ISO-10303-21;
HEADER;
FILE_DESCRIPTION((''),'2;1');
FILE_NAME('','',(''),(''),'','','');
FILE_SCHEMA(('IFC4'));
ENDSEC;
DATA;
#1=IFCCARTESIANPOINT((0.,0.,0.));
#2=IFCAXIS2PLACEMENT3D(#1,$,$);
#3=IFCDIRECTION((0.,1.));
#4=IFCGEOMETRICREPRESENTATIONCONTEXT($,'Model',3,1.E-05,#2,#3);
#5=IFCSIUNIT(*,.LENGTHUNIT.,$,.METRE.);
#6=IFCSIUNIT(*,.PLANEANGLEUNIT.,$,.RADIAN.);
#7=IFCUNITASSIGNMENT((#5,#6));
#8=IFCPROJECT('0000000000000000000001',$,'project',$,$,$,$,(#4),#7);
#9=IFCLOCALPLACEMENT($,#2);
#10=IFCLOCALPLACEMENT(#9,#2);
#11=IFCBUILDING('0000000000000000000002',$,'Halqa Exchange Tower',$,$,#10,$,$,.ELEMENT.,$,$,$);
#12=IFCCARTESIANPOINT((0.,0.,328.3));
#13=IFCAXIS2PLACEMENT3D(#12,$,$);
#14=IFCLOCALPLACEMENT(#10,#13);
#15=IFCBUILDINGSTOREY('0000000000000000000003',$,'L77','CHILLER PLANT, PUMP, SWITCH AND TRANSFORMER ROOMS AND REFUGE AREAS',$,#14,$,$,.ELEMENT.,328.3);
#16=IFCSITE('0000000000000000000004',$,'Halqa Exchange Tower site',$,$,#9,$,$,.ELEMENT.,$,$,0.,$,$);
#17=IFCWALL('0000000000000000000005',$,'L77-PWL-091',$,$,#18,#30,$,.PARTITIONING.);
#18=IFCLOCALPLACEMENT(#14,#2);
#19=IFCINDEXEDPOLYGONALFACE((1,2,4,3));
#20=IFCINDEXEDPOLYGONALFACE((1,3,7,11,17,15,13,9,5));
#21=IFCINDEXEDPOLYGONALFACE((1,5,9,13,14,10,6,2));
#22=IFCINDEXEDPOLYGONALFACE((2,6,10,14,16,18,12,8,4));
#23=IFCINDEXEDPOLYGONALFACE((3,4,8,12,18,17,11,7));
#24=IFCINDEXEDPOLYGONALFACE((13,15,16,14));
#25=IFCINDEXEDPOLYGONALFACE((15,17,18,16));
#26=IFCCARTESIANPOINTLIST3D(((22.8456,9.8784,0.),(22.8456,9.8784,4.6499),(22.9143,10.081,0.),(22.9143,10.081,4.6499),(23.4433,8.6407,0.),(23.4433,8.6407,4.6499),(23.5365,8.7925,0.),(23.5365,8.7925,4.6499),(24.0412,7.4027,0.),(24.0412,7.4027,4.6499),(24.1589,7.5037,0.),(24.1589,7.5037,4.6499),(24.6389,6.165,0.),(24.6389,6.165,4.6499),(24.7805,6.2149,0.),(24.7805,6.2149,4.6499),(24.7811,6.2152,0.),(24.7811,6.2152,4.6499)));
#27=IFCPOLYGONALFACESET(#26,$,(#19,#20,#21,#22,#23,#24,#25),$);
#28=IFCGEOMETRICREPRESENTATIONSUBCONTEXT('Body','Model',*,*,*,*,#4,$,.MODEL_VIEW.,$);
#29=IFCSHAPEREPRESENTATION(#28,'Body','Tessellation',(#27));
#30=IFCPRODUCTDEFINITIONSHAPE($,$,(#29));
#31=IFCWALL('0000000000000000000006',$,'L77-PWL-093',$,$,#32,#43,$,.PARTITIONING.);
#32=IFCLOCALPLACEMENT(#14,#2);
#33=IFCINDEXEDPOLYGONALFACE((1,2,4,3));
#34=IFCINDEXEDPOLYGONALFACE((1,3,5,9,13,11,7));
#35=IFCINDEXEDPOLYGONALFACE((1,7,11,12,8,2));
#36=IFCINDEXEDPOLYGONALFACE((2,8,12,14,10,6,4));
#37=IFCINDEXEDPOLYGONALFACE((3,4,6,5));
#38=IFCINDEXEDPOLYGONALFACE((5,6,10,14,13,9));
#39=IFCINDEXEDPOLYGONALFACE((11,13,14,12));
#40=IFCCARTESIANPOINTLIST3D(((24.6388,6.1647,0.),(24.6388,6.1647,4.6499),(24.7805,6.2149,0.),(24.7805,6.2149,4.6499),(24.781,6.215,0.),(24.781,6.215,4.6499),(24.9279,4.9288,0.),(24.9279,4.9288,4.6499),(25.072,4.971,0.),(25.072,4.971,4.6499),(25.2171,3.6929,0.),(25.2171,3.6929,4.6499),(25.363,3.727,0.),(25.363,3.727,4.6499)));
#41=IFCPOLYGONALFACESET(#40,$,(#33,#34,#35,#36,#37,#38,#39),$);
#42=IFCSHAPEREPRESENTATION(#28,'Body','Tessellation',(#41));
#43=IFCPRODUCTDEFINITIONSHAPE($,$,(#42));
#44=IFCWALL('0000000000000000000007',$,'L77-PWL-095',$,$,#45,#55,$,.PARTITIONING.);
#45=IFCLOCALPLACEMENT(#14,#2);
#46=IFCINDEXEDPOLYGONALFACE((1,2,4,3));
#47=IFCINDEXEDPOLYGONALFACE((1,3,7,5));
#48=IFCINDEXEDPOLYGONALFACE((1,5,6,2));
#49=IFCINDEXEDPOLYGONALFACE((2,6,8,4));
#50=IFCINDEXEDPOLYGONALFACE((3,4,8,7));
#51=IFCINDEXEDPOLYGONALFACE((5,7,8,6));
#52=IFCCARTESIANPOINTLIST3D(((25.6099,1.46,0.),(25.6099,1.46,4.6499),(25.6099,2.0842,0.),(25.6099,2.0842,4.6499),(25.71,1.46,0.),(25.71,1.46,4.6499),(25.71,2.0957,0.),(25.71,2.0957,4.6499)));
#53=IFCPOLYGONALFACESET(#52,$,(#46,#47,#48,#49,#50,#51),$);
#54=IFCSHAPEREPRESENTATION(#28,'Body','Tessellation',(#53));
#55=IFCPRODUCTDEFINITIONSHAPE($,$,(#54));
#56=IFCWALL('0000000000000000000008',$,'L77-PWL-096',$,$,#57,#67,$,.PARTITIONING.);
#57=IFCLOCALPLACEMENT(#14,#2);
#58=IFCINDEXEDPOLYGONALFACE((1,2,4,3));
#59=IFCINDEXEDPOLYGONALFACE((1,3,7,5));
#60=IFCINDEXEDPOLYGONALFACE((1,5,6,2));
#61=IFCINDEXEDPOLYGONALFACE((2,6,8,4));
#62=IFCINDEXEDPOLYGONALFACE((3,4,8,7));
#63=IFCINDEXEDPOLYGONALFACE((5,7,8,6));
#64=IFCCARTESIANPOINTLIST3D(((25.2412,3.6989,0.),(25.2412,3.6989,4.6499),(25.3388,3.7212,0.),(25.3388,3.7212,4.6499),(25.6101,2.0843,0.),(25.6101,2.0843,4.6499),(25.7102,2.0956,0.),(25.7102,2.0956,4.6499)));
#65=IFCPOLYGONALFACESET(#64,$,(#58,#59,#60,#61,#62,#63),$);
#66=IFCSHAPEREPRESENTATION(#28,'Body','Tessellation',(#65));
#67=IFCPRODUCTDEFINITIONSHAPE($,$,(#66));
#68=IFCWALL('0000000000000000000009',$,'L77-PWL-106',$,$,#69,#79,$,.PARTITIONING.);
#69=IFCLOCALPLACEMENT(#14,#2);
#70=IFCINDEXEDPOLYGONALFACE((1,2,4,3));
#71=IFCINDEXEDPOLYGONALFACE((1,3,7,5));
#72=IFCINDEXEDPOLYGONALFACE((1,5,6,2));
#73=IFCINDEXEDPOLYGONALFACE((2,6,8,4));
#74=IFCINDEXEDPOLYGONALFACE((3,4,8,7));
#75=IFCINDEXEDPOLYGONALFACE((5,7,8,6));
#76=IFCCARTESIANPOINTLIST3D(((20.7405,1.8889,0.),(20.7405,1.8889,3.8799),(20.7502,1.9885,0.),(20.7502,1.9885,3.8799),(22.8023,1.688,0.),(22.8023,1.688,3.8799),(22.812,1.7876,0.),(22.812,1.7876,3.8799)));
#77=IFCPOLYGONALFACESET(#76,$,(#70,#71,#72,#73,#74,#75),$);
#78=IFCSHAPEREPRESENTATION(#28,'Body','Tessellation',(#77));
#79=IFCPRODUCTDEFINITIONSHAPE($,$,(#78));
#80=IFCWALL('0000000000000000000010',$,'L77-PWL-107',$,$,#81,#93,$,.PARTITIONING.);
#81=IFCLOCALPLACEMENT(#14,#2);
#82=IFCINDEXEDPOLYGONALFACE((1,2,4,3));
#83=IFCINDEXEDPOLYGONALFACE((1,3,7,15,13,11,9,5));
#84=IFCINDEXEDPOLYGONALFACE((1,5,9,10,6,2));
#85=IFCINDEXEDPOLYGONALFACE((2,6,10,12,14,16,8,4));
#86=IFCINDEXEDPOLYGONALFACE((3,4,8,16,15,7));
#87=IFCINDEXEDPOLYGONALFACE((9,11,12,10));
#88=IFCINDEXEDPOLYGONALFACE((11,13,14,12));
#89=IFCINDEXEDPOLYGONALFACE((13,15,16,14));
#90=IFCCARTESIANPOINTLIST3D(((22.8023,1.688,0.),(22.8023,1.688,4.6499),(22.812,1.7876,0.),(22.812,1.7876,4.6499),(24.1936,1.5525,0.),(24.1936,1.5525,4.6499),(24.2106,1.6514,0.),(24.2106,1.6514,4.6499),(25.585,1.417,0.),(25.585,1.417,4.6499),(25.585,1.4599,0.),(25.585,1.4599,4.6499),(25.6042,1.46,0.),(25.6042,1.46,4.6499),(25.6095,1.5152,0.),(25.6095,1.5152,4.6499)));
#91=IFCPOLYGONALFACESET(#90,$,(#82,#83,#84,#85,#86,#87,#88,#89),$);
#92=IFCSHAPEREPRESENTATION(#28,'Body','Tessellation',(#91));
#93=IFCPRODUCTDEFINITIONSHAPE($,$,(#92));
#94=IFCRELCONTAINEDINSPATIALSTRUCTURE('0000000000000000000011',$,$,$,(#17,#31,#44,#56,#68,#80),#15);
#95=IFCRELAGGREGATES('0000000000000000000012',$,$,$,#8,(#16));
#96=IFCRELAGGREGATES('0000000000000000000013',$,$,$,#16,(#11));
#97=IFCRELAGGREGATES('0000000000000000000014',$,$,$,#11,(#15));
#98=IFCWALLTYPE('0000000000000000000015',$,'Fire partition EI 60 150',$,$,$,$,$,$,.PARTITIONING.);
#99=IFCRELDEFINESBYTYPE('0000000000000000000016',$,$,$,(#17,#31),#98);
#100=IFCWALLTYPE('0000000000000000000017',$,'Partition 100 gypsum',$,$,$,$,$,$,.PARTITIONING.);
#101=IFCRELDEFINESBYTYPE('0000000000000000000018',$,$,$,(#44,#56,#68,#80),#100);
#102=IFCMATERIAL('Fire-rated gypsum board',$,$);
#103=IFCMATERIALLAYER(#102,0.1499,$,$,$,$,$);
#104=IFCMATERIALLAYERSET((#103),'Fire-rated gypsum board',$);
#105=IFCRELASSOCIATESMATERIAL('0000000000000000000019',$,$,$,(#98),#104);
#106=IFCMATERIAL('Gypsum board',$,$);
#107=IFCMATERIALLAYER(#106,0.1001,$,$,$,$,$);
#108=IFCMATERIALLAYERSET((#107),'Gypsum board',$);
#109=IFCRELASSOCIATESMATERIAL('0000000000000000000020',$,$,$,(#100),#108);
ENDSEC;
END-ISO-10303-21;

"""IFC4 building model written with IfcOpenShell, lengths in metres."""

from ifc_helpers import new_model, si_unit, direction, frame, origin, place, context, subcontext, project, spatial, polyline, outline, extrude, material, layer, layer_set, type_object, element, save


model = new_model("IFC4")

# Units and contexts
model_context = context("Model", 3, precision=1e-05, world=origin(), true_north=direction((0.0, 1.0)))
body_context = subcontext(model_context, "Body", "Model", "MODEL_VIEW")
ifc_project = project(units=[si_unit("LENGTHUNIT", "METRE"), si_unit("PLANEANGLEUNIT", "RADIAN")], contexts=[model_context])

# Site, building, storey
site_placement = place(None, origin())
site = spatial("IfcSite", under=ifc_project, at=site_placement, Name="Halqa Exchange Tower site", CompositionType="ELEMENT", RefElevation=0.0)
building_placement = place(site_placement, origin())
building = spatial("IfcBuilding", under=site, at=building_placement, Name="Halqa Exchange Tower", CompositionType="ELEMENT")
storey_placement = place(building_placement, frame((0.0, 0.0, 328.3)))
storey = spatial("IfcBuildingStorey", under=building, at=storey_placement, Name="L77", Description="CHILLER PLANT, PUMP, SWITCH AND TRANSFORMER ROOMS AND REFUGE AREAS", CompositionType="ELEMENT", Elevation=328.3)

# Shared definitions
ifc_material_1 = material(Name="Fire-rated gypsum board")
ifc_layer_1 = layer(ifc_material_1, 0.1499)
ifc_layer_set_1 = layer_set([ifc_layer_1], Name="Fire-rated gypsum board")
wall_type_1 = type_object("IfcWallType", Name="Fire partition EI 60 150", PredefinedType="PARTITIONING", material=ifc_layer_set_1)

# Walls
wall_1_placement = place(storey_placement, frame((24.7136, 6.1826, 0.0), z_axis=(0.0, 0.0, 1.0), x_axis=(-0.434865, 0.900496, 0.0)))
element("IfcWall", 1, at=wall_1_placement, inside=storey, type_object=wall_type_1, Name="L77-PWL-091", PredefinedType="PARTITIONING", context=body_context, shape_type="SweptSolid", body=[
    extrude(outline(polyline([(0.0, -0.075), (1.4309, -0.075), (2.8621, -0.075), (4.293, -0.075), (4.1404, 0.075), (2.7659, 0.075), (1.3911, 0.075), (0.0166, 0.075), (0.0, -0.0742), (0.0, -0.075)])), origin(), (0.0, 0.0, 1.0), 4.6499),
])
wall_2_placement = place(storey_placement, frame((25.29, 3.71, 0.0), z_axis=(0.0, 0.0, 1.0), x_axis=(-0.227782, 0.973712, 0.0)))
element("IfcWall", 2, at=wall_2_placement, inside=storey, type_object=wall_type_1, Name="L77-PWL-093", PredefinedType="PARTITIONING", context=body_context, shape_type="SweptSolid", body=[
    extrude(outline(polyline([(2.5552, -0.075), (2.5552, -0.0745), (2.5386, 0.075), (1.2693, 0.075), (0.0, 0.075), (0.0, -0.075), (1.2776, -0.075), (2.5552, -0.075)])), origin(), (0.0, 0.0, 1.0), 4.6499),
])
ifc_material_2 = material(Name="Gypsum board")
ifc_layer_2 = layer(ifc_material_2, 0.1001)
ifc_layer_set_2 = layer_set([ifc_layer_2], Name="Gypsum board")
wall_type_2 = type_object("IfcWallType", Name="Partition 100 gypsum", PredefinedType="PARTITIONING", material=ifc_layer_set_2)
wall_3_placement = place(storey_placement, frame((25.6599, 1.46, 0.0), z_axis=(0.0, 0.0, 1.0), x_axis=(0.0, 1.0, 0.0)))
element("IfcWall", 3, at=wall_3_placement, inside=storey, type_object=wall_type_2, Name="L77-PWL-095", PredefinedType="PARTITIONING", context=body_context, shape_type="SweptSolid", body=[
    extrude(outline(polyline([(0.0, -0.05), (0.6357, -0.05), (0.6243, 0.05), (0.0, 0.05), (0.0, -0.05)])), origin(), (0.0, 0.0, 1.0), 4.6499),
])
wall_4_placement = place(storey_placement, frame((25.6614, 2.0845, 0.0), z_axis=(0.0, 0.0, 1.0), x_axis=(-0.22271, 0.974885, 0.0)))
element("IfcWall", 4, at=wall_4_placement, inside=storey, type_object=wall_type_2, Name="L77-PWL-096", PredefinedType="PARTITIONING", context=body_context, shape_type="SweptSolid", body=[
    extrude(outline(polyline([(1.6675, 0.05), (0.0112, 0.05), (0.0, -0.05), (1.6675, -0.05), (1.6675, 0.05)])), origin(), (0.0, 0.0, 1.0), 4.6499),
])
wall_5_placement = place(storey_placement, frame((20.7454, 1.9387, 0.0), z_axis=(0.0, 0.0, 1.0), x_axis=(0.995285, -0.096995, 0.0)))
element("IfcWall", 5, at=wall_5_placement, inside=storey, type_object=wall_type_2, Name="L77-PWL-106", PredefinedType="PARTITIONING", context=body_context, shape_type="SweptSolid", body=[
    extrude(outline(polyline([(0.0, 0.05), (0.0, -0.05), (2.0715, -0.05), (2.0715, 0.05), (0.0, 0.05)])), origin(), (0.0, 0.0, 1.0), 3.8799),
])
wall_6_placement = place(storey_placement, frame((22.8071, 1.7378, 0.0), z_axis=(0.0, 0.0, 1.0), x_axis=(0.995291, -0.096932, 0.0)))
element("IfcWall", 6, at=wall_6_placement, inside=storey, type_object=wall_type_2, Name="L77-PWL-107", PredefinedType="PARTITIONING", context=body_context, shape_type="SweptSolid", body=[
    extrude(outline(polyline([(0.0, -0.05), (1.3979, -0.05), (2.7959, -0.05), (2.7917, -0.0073), (2.8108, -0.0054), (2.8108, 0.05), (1.4053, 0.05), (0.0, 0.05), (0.0, -0.05)])), origin(), (0.0, 0.0, 1.0), 4.6499),
])

save(model, "model.ifc")
